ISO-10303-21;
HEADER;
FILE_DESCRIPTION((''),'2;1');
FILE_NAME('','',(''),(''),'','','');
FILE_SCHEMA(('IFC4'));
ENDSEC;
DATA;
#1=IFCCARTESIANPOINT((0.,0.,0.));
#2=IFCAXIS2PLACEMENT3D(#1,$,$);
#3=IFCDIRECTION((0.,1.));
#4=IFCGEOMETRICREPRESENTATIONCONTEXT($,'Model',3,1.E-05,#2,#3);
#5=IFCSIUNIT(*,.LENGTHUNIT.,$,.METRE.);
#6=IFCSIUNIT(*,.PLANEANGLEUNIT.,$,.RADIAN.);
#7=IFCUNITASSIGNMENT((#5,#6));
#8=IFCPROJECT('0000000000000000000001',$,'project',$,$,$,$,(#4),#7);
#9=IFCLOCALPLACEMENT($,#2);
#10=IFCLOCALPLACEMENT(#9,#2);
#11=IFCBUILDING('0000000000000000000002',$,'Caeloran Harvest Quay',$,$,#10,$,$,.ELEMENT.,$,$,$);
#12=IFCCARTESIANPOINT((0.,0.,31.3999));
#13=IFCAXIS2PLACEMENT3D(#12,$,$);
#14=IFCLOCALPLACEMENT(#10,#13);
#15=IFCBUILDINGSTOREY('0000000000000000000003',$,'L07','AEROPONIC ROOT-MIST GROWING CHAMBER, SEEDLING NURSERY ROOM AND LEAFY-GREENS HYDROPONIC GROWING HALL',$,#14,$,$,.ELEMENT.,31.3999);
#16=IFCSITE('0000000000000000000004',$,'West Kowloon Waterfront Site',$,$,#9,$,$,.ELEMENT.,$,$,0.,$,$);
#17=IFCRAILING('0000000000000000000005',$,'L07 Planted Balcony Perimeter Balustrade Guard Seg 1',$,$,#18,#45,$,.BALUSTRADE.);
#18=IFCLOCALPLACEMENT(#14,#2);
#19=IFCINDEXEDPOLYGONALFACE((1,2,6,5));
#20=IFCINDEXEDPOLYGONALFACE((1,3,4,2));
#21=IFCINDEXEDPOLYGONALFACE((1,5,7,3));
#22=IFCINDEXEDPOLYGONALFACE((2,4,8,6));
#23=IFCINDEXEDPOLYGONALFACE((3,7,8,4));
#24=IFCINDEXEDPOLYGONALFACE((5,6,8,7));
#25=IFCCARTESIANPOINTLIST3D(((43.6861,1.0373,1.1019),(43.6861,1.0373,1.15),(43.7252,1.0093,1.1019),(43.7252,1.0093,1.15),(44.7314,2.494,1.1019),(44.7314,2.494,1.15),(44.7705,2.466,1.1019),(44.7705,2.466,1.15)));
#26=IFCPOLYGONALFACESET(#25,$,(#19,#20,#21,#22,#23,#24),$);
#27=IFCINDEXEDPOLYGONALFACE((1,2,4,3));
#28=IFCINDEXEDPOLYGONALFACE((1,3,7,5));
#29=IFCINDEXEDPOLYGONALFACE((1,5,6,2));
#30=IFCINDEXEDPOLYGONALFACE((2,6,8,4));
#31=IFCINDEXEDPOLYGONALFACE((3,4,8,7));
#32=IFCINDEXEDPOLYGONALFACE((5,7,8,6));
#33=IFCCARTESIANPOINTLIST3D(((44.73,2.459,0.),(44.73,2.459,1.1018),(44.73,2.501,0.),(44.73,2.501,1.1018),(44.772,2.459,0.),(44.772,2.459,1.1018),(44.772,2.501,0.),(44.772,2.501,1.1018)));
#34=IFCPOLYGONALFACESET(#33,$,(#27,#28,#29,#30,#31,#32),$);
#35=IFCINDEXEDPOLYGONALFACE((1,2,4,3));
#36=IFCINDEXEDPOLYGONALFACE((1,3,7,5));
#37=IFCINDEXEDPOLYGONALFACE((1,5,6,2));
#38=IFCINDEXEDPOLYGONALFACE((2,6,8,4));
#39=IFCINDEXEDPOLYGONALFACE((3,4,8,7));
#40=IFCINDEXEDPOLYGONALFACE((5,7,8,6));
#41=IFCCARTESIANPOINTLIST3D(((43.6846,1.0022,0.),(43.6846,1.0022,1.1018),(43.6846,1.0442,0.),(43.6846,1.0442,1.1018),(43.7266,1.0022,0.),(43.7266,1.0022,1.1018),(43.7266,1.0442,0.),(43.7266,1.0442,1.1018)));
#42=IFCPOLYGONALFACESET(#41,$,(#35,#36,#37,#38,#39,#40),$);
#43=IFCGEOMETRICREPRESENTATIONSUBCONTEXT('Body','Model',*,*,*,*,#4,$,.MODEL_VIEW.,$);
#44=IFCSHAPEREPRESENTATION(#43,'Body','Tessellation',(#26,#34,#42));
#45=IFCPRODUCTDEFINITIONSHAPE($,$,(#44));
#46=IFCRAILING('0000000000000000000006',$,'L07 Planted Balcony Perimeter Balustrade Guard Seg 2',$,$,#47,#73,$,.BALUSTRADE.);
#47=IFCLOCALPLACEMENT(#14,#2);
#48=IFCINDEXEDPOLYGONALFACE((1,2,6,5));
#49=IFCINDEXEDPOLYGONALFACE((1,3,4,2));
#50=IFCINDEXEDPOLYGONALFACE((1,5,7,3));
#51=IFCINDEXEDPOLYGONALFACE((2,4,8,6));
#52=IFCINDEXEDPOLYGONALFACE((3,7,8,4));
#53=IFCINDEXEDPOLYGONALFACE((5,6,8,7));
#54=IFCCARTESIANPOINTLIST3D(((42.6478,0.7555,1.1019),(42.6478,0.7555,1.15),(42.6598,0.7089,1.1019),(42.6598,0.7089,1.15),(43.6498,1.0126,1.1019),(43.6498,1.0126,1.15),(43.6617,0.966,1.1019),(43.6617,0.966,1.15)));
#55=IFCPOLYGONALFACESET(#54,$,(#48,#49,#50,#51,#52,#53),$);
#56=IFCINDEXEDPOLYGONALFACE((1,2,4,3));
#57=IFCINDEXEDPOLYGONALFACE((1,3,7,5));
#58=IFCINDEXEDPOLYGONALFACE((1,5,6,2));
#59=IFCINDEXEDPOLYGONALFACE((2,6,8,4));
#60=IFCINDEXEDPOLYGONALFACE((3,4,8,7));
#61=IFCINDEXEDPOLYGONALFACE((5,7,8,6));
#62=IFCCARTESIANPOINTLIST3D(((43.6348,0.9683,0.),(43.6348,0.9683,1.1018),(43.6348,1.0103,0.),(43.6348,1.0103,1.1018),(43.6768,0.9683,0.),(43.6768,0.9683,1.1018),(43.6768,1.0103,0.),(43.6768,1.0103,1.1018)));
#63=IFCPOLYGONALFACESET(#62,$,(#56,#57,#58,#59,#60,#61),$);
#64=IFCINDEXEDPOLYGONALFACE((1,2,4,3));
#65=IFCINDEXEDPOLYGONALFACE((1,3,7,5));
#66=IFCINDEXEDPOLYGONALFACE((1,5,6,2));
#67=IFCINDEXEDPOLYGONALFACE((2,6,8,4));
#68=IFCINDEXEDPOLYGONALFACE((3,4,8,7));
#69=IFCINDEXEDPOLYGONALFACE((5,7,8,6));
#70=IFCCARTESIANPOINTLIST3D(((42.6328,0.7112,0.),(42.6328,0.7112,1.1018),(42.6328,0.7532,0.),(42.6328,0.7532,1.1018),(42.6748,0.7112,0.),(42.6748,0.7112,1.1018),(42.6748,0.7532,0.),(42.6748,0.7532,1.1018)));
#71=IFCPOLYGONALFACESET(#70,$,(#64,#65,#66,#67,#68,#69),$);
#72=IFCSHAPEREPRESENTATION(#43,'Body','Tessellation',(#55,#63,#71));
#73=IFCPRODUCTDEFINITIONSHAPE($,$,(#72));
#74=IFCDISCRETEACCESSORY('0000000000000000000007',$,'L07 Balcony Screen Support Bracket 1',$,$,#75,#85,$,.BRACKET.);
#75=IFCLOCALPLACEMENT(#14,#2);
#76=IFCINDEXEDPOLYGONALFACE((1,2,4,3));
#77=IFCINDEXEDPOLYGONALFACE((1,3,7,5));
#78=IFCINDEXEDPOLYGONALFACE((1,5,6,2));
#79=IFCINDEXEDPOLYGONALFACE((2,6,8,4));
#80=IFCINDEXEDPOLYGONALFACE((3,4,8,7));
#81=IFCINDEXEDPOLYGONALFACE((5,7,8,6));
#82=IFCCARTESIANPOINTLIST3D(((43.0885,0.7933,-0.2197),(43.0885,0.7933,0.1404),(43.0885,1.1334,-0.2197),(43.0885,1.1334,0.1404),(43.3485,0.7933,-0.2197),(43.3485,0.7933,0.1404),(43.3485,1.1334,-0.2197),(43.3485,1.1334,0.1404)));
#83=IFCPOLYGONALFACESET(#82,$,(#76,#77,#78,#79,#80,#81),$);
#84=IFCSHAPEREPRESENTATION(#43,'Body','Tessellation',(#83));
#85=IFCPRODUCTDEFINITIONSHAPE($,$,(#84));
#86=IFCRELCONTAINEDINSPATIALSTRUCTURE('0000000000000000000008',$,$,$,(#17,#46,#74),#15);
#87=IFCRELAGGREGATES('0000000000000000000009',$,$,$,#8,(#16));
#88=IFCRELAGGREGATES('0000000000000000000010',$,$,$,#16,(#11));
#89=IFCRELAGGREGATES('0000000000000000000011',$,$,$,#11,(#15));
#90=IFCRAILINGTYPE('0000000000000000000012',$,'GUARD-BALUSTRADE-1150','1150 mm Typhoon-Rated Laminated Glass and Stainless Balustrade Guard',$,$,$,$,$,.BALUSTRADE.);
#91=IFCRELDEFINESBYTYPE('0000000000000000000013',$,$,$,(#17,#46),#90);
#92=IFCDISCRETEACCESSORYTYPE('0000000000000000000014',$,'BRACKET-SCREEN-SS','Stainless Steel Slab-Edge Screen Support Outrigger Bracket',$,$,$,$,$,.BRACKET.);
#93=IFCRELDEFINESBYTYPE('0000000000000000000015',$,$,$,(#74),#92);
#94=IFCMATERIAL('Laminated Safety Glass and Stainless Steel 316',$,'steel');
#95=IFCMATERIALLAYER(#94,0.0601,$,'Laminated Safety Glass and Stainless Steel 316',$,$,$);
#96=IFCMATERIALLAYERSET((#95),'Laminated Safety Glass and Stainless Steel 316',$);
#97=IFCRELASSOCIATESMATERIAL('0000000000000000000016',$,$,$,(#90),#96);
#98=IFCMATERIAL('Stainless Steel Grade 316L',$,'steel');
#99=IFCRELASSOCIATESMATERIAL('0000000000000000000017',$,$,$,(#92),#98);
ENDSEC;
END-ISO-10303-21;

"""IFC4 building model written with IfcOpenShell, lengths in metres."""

from ifc_helpers import new_model, si_unit, direction, frame, origin, origin_2d, place, context, subcontext, project, spatial, rectangle, extrude, material, layer, layer_set, type_object, element, save


model = new_model("IFC4")

# Units and contexts
model_context = context("Model", 3, precision=1e-05, world=origin(), true_north=direction((0.0, 1.0)))
body_context = subcontext(model_context, "Body", "Model", "MODEL_VIEW")
ifc_project = project(units=[si_unit("LENGTHUNIT", "METRE"), si_unit("PLANEANGLEUNIT", "RADIAN")], contexts=[model_context])

# Site, building, storey
site_placement = place(None, origin())
site = spatial("IfcSite", under=ifc_project, at=site_placement, Name="West Kowloon Waterfront Site", CompositionType="ELEMENT", RefElevation=0.0)
building_placement = place(site_placement, origin())
building = spatial("IfcBuilding", under=site, at=building_placement, Name="Caeloran Harvest Quay", CompositionType="ELEMENT")
storey_placement = place(building_placement, frame((0.0, 0.0, 31.3999)))
storey = spatial("IfcBuildingStorey", under=building, at=storey_placement, Name="L07", Description="AEROPONIC ROOT-MIST GROWING CHAMBER, SEEDLING NURSERY ROOM AND LEAFY-GREENS HYDROPONIC GROWING HALL", CompositionType="ELEMENT", Elevation=31.3999)

# Railings
ifc_material_1 = material(Name="Laminated Safety Glass and Stainless Steel 316", Category="steel")
ifc_layer_1 = layer(ifc_material_1, 0.0601, Name="Laminated Safety Glass and Stainless Steel 316")
ifc_layer_set_1 = layer_set([ifc_layer_1], Name="Laminated Safety Glass and Stainless Steel 316")
railing_type = type_object("IfcRailingType", Name="GUARD-BALUSTRADE-1150", Description="1150 mm Typhoon-Rated Laminated Glass and Stainless Balustrade Guard", PredefinedType="BALUSTRADE", material=ifc_layer_set_1)
railing_1_placement = place(storey_placement, frame((44.751, 2.48, 0.0)))
element("IfcRailing", 1, at=railing_1_placement, inside=storey, type_object=railing_type, Name="L07 Planted Balcony Perimeter Balustrade Guard Seg 1", PredefinedType="BALUSTRADE", context=body_context, shape_type="SweptSolid", body=[
    extrude(rectangle(XDim=0.0481, YDim=0.0481, at=origin_2d()), frame((0.0, 0.0, 1.126), z_axis=(-0.583027, -0.812453, 0.0), x_axis=(0.812453, -0.583027, 0.0)), (0.0, 0.0, 1.0), 1.793),
    extrude(rectangle(XDim=0.042, YDim=0.042, at=origin_2d()), origin(), (0.0, 0.0, 1.0), 1.1018),
    extrude(rectangle(XDim=0.042, YDim=0.042, at=origin_2d()), frame((-1.0454, -1.4568, 0.0)), (0.0, 0.0, 1.0), 1.1018),
])
railing_2_placement = place(storey_placement, frame((43.6558, 0.9893, 0.0)))
element("IfcRailing", 2, at=railing_2_placement, inside=storey, type_object=railing_type, Name="L07 Planted Balcony Perimeter Balustrade Guard Seg 2", PredefinedType="BALUSTRADE", context=body_context, shape_type="SweptSolid", body=[
    extrude(rectangle(XDim=0.0481, YDim=0.0481, at=origin_2d()), frame((0.0, 0.0, 1.126), z_axis=(-0.968625, -0.248529, 0.0), x_axis=(0.248529, -0.968625, 0.0)), (0.0, 0.0, 1.0), 1.0344),
    extrude(rectangle(XDim=0.042, YDim=0.042, at=origin_2d()), origin(), (0.0, 0.0, 1.0), 1.1018),
    extrude(rectangle(XDim=0.042, YDim=0.042, at=origin_2d()), frame((-1.002, -0.2571, 0.0)), (0.0, 0.0, 1.0), 1.1018),
])

# Discrete accessory
ifc_material_2 = material(Name="Stainless Steel Grade 316L", Category="steel")
discrete_accessory_type = type_object("IfcDiscreteAccessoryType", Name="BRACKET-SCREEN-SS", Description="Stainless Steel Slab-Edge Screen Support Outrigger Bracket", PredefinedType="BRACKET", material=ifc_material_2)
discrete_accessory_placement = place(storey_placement, frame((43.2185, 0.9634, -0.2197), z_axis=(0.0, 0.0, 1.0), x_axis=(1.0, 0.0, 0.0)))
element("IfcDiscreteAccessory", 3, at=discrete_accessory_placement, inside=storey, type_object=discrete_accessory_type, Name="L07 Balcony Screen Support Bracket 1", PredefinedType="BRACKET", context=body_context, shape_type="SweptSolid", body=[
    extrude(rectangle(XDim=0.26, YDim=0.3401, at=origin_2d()), origin(), (0.0, 0.0, 1.0), 0.3601),
])

save(model, "model.ifc")
